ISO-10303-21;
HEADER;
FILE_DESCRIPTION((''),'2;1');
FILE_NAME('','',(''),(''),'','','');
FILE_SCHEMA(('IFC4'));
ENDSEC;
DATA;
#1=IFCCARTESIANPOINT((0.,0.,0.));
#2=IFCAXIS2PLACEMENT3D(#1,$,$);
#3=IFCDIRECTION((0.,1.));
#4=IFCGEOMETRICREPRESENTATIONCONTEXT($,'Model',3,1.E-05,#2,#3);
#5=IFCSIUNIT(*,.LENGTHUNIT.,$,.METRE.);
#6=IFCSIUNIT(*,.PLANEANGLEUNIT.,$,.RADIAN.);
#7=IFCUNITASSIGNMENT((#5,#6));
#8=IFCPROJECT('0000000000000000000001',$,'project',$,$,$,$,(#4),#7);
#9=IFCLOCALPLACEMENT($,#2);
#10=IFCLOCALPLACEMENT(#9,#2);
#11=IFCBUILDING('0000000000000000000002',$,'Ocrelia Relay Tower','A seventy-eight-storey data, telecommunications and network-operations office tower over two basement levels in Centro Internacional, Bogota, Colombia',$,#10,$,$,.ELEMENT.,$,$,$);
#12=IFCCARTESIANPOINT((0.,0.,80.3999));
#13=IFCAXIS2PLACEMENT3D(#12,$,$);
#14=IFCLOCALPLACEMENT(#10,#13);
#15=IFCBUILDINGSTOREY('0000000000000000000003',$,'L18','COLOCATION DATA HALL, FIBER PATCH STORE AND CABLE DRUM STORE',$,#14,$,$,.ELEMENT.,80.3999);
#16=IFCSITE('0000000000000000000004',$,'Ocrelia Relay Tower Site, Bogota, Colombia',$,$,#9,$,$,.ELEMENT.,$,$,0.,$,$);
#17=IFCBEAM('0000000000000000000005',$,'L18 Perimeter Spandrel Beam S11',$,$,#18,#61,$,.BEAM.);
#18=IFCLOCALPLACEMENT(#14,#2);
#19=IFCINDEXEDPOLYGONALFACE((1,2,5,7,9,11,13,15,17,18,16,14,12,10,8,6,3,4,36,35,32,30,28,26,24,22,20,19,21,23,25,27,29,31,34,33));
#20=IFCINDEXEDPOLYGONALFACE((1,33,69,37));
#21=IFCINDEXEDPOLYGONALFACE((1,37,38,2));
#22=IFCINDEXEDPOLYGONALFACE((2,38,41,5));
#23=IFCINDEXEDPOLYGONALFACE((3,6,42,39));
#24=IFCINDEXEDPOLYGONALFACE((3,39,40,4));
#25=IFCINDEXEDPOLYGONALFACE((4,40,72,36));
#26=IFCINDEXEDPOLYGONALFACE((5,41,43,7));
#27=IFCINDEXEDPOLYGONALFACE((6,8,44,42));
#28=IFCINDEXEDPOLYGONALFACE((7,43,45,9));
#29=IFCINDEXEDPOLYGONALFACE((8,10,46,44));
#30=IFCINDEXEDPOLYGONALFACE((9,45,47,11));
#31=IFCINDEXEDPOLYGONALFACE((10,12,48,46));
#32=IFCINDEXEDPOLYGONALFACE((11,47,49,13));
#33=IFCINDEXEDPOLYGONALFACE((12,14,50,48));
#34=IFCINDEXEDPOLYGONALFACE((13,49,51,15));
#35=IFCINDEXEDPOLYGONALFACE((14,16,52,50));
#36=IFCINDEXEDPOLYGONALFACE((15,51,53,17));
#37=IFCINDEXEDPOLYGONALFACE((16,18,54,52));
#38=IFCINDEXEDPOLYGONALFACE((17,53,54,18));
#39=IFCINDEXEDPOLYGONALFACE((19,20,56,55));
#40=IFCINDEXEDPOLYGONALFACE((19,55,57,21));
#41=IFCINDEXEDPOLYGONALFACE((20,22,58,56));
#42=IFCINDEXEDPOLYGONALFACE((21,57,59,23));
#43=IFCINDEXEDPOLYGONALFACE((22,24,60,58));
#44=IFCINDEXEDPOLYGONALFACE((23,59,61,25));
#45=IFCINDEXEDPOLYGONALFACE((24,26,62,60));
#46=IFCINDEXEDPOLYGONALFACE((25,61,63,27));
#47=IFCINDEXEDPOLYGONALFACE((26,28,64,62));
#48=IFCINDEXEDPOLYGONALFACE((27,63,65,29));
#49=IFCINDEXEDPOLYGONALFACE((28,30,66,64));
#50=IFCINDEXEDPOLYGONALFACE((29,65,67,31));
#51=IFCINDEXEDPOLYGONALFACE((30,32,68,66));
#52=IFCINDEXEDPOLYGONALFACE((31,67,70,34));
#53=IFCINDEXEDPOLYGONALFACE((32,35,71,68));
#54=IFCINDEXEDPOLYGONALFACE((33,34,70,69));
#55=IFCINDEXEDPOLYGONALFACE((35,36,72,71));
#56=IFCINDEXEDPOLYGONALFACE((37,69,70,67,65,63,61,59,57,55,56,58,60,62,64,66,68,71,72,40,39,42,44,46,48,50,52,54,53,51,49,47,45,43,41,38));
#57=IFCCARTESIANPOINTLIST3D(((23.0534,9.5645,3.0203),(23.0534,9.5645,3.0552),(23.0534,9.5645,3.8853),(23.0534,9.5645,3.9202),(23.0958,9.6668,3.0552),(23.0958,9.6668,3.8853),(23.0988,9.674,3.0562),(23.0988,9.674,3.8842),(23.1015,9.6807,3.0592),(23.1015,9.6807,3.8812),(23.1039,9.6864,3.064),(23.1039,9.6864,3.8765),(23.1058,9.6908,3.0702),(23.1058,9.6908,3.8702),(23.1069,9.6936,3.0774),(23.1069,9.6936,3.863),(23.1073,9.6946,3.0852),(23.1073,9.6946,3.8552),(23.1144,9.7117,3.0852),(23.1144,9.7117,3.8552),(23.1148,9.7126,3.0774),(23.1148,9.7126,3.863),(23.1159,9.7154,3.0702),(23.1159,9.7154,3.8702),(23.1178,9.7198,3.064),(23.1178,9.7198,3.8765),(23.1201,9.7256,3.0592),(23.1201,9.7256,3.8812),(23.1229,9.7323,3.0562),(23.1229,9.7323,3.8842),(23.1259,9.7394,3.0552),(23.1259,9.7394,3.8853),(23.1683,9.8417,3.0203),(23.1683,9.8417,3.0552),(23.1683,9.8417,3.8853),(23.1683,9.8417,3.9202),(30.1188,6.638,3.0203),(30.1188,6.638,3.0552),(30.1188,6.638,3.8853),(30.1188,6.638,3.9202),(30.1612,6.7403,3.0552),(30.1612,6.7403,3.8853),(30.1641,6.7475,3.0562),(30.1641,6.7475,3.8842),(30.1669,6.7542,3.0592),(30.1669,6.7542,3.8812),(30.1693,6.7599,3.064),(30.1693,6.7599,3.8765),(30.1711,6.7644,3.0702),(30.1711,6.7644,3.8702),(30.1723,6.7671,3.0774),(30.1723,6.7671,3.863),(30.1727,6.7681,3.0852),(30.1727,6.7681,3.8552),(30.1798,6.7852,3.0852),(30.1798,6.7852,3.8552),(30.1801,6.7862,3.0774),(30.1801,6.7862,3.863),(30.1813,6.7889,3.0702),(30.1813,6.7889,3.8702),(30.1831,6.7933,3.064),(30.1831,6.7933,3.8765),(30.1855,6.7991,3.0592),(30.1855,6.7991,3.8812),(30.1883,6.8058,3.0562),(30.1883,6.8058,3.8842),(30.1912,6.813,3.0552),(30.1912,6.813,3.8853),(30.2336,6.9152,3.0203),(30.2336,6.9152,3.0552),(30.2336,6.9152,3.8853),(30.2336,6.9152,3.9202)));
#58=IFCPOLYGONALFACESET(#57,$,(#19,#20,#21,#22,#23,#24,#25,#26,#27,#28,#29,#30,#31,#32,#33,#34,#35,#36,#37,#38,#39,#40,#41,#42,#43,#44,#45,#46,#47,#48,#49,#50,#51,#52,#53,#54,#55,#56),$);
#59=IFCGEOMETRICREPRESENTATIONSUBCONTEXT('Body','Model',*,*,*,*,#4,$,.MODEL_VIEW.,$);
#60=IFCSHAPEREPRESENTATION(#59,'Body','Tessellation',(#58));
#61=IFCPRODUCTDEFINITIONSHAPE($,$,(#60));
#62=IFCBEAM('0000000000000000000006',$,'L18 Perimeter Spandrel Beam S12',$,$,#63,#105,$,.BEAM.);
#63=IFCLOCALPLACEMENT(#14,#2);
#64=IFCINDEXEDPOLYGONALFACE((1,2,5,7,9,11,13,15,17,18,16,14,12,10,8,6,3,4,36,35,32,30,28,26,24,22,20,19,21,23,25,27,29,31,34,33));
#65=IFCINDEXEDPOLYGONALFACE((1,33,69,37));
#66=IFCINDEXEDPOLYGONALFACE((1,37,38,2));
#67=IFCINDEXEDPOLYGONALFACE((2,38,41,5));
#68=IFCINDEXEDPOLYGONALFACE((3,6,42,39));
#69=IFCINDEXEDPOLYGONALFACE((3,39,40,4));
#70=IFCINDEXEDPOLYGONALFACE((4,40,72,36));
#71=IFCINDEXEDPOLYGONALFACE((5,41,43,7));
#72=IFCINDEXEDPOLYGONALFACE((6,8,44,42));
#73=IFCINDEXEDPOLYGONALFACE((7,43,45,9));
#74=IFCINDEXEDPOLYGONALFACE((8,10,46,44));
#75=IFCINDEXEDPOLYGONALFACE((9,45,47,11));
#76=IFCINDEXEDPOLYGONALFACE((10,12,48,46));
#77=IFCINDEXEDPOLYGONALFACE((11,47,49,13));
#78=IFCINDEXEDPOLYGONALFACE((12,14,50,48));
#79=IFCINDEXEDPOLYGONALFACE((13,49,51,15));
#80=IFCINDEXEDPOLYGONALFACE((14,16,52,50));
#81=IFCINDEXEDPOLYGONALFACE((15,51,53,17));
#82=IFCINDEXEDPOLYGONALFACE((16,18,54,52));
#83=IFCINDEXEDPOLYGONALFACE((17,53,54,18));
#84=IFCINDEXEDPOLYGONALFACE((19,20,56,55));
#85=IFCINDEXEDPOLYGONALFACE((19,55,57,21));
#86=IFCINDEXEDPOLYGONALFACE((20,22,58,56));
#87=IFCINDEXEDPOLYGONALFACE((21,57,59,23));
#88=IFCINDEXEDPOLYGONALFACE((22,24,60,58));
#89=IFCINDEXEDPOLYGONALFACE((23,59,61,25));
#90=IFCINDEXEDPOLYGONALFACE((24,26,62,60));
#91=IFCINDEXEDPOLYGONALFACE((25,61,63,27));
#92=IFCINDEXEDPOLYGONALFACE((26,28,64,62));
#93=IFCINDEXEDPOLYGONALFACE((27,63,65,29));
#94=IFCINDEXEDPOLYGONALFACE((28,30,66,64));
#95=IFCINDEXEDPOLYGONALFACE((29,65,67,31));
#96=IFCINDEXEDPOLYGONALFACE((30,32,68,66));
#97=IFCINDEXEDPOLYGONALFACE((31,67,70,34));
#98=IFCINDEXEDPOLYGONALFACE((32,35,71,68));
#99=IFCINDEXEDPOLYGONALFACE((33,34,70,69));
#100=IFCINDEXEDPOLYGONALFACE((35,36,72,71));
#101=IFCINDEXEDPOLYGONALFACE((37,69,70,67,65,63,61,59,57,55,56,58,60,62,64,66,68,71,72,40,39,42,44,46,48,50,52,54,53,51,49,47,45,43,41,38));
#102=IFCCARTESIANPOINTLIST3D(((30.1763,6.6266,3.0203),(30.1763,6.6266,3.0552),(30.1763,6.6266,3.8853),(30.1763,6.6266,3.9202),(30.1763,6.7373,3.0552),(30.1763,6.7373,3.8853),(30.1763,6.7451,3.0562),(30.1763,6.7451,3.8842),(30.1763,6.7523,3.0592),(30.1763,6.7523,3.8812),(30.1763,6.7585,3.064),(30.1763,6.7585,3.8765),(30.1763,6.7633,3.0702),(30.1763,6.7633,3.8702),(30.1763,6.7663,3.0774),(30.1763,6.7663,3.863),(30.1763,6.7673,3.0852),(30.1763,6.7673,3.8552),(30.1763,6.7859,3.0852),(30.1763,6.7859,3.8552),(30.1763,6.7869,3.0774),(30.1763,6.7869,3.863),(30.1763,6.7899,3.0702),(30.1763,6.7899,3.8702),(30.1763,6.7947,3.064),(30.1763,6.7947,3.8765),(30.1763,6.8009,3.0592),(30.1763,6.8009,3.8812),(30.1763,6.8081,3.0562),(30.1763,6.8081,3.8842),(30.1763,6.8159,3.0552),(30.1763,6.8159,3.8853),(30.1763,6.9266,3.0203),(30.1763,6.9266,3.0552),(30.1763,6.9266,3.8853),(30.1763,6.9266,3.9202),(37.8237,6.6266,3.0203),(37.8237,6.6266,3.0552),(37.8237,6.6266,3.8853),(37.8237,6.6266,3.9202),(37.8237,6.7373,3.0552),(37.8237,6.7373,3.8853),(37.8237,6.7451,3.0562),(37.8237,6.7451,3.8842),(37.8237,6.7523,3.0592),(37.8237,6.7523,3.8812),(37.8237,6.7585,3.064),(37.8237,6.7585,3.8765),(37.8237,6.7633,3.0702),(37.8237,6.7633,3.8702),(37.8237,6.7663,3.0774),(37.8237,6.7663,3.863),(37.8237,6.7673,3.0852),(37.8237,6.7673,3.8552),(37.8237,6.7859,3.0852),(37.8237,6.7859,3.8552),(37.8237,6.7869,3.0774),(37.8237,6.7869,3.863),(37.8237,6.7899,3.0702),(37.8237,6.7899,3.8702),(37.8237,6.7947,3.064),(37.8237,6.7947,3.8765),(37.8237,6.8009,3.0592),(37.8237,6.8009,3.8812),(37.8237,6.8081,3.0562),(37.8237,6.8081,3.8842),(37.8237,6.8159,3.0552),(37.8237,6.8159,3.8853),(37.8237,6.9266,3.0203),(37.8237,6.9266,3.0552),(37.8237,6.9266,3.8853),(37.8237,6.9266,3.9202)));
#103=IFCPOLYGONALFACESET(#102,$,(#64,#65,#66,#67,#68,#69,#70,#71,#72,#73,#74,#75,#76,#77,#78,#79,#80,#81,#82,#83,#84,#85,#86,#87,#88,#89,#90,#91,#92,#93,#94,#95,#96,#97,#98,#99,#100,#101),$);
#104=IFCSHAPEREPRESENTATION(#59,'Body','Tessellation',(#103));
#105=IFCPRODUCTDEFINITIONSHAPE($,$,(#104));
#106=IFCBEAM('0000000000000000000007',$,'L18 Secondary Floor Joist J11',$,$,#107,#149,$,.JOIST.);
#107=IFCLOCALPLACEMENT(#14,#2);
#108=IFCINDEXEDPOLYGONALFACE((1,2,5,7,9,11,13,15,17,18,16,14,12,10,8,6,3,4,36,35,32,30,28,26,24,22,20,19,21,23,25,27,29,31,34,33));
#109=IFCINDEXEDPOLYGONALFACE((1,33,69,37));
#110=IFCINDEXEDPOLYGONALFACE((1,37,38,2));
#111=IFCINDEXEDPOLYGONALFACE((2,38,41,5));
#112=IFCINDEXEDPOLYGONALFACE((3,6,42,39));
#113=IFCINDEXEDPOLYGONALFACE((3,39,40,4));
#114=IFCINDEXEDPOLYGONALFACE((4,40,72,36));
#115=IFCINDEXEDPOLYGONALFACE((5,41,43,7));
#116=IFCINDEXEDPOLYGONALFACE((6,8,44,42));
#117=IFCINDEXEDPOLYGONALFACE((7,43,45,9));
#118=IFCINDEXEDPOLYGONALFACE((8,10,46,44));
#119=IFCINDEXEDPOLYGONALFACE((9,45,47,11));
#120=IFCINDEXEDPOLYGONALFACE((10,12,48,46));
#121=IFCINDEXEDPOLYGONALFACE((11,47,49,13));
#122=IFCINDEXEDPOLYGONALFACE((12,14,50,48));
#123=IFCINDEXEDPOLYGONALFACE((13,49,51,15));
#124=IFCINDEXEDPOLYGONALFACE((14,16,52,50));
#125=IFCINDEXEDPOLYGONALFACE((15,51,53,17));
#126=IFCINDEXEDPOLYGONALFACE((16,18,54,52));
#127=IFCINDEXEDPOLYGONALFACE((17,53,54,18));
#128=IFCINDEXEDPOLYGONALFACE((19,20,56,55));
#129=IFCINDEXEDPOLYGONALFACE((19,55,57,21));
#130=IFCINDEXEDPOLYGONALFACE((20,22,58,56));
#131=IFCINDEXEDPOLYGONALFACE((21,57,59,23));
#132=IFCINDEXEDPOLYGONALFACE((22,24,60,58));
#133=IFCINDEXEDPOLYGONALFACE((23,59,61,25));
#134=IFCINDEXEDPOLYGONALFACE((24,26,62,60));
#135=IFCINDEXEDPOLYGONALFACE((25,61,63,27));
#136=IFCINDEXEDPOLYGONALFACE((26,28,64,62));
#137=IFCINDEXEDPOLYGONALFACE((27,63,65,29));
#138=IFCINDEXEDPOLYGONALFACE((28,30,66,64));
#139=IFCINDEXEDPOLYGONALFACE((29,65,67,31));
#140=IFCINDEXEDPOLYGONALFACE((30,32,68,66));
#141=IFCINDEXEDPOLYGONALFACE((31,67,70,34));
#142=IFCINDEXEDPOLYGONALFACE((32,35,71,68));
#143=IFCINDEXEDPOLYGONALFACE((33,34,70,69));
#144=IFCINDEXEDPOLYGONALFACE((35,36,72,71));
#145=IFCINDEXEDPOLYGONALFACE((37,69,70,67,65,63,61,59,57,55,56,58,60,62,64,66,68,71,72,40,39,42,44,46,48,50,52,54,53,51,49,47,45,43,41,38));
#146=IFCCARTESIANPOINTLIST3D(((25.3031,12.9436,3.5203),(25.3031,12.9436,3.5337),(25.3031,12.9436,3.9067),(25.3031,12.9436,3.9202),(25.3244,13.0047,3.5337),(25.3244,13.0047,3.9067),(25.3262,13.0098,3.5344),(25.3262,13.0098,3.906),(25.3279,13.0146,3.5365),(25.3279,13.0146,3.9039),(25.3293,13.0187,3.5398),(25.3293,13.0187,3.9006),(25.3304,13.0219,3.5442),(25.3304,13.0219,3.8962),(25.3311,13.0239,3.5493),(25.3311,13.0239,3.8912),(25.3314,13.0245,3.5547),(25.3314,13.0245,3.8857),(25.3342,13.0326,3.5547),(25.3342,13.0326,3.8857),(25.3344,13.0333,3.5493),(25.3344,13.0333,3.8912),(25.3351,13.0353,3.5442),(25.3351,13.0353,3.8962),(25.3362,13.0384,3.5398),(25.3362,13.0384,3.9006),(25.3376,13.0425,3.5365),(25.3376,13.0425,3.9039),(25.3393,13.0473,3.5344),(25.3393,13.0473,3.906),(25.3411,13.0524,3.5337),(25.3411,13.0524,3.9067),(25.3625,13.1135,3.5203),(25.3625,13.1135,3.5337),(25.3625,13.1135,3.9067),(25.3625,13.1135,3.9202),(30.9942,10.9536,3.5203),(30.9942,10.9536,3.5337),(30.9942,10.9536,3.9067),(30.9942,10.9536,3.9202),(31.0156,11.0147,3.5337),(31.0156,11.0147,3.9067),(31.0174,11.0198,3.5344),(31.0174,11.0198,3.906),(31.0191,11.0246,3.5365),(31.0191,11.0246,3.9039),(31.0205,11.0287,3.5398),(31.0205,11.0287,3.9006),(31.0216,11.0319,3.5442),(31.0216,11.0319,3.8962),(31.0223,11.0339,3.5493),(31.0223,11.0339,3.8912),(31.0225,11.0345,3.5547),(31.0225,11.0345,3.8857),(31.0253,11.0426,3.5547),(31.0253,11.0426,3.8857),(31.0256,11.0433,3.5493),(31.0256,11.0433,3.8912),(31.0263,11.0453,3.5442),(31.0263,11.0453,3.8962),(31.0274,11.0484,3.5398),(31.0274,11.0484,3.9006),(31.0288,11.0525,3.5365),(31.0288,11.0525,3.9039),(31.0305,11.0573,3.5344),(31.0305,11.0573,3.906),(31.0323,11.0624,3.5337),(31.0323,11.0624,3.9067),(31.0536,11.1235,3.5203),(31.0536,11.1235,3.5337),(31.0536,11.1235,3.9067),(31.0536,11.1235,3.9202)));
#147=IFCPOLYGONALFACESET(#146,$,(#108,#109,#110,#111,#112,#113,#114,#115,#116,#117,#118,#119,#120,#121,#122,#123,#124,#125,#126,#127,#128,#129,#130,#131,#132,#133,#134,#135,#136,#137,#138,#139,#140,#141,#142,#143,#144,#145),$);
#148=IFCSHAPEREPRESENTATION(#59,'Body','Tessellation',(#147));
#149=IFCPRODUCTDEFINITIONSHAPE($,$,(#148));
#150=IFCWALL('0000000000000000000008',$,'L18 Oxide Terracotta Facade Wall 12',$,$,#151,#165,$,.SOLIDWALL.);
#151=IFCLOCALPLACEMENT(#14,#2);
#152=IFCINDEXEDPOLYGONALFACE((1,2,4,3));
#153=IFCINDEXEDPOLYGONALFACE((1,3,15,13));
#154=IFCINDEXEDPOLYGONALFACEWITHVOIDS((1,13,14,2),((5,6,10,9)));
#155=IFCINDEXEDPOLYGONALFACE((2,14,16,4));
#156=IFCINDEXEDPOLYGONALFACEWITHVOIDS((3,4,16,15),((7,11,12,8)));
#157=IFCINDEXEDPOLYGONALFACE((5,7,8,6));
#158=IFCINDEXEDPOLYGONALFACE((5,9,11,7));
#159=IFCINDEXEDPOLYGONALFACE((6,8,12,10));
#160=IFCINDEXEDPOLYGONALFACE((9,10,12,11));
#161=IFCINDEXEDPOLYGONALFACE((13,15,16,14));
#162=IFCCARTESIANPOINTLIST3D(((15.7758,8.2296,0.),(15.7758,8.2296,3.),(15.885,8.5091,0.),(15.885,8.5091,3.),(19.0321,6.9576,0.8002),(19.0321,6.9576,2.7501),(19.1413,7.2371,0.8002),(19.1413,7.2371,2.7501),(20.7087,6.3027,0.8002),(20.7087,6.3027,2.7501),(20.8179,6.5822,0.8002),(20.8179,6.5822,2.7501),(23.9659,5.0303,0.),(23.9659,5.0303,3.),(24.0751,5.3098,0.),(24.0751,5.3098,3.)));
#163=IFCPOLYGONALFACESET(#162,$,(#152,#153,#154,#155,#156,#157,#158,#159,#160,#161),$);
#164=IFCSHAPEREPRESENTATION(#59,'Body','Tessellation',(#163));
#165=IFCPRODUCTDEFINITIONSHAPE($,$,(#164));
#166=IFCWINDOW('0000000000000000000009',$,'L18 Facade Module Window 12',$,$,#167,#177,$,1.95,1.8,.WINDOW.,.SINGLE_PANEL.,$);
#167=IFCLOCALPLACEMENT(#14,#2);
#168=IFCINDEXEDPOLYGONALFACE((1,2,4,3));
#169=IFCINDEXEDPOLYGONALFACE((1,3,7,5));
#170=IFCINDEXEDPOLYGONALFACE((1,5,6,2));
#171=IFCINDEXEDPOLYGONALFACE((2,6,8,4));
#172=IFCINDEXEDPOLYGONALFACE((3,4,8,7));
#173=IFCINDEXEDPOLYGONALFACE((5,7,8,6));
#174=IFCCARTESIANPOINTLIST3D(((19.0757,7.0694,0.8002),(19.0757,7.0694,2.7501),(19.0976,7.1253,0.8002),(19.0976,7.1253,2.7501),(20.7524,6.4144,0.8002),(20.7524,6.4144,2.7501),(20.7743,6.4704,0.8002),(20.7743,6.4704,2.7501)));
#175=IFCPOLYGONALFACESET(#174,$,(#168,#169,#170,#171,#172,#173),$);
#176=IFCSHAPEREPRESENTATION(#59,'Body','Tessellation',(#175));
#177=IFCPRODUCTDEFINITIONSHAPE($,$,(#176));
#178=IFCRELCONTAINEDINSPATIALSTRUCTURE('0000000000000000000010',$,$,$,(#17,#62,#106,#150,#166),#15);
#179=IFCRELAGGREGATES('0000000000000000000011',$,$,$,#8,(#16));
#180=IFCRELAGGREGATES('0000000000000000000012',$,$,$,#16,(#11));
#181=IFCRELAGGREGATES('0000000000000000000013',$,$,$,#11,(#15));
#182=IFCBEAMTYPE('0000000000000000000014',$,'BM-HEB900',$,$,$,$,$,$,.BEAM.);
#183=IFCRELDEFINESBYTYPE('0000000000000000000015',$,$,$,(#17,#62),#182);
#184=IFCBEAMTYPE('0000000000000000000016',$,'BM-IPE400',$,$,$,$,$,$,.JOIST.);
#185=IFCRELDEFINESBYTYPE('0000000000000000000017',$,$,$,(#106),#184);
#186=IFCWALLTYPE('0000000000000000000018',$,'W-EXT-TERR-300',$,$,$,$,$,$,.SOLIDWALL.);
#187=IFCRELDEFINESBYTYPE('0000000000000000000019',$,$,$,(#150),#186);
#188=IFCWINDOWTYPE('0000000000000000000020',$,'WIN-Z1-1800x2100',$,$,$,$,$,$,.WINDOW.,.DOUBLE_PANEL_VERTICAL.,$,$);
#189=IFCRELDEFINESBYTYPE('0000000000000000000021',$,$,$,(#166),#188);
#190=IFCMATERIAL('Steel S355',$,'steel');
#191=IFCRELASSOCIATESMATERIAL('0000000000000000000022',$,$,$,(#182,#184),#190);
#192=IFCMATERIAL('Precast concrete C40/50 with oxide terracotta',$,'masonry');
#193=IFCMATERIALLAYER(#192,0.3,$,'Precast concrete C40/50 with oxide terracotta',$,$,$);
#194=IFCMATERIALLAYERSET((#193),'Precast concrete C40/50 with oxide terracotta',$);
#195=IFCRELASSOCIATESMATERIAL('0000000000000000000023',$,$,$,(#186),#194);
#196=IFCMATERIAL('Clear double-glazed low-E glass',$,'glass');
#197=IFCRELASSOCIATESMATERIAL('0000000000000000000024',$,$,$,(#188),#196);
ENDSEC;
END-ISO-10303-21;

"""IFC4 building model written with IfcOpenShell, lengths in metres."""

from ifc_helpers import new_model, si_unit, direction, frame, frame_2d, origin, origin_2d, place, context, subcontext, project, spatial, rectangle, i_section, extrude, material, layer, layer_set, material_profile, profile_set, type_object, element, fill, save


model = new_model("IFC4")

# Units and contexts
model_context = context("Model", 3, precision=1e-05, world=origin(), true_north=direction((0.0, 1.0)))
body_context = subcontext(model_context, "Body", "Model", "MODEL_VIEW")
ifc_project = project(units=[si_unit("LENGTHUNIT", "METRE"), si_unit("PLANEANGLEUNIT", "RADIAN")], contexts=[model_context])

# Site, building, storey
site_placement = place(None, origin())
site = spatial("IfcSite", under=ifc_project, at=site_placement, Name="Ocrelia Relay Tower Site, Bogota, Colombia", CompositionType="ELEMENT", RefElevation=0.0)
building_placement = place(site_placement, origin())
building = spatial("IfcBuilding", under=site, at=building_placement, Name="Ocrelia Relay Tower", Description="A seventy-eight-storey data, telecommunications and network-operations office tower over two basement levels in Centro Internacional, Bogota, Colombia", CompositionType="ELEMENT")
storey_placement = place(building_placement, frame((0.0, 0.0, 80.3999)))
storey = spatial("IfcBuildingStorey", under=building, at=storey_placement, Name="L18", Description="COLOCATION DATA HALL, FIBER PATCH STORE AND CABLE DRUM STORE", CompositionType="ELEMENT", Elevation=80.3999)

# Beams
ifc_material_1 = material(Name="Steel S355", Category="steel")
ifc_material_profile_1 = material_profile(ifc_material_1, i_section(OverallWidth=0.3, OverallDepth=0.8999, WebThickness=0.0186, FlangeThickness=0.0349, FilletRadius=0.03, at=origin_2d()), Name="HEB 900")
ifc_profile_set_1 = profile_set([ifc_material_profile_1], Name="Steel S355")
beam_type_1 = type_object("IfcBeamType", Name="BM-HEB900", PredefinedType="BEAM", material=ifc_profile_set_1)
for number, where, z_axis, x_axis, name in (
    (1, (23.1108, 9.7031, 3.4702), (0.923883, -0.382674, 0.0), (0.382674, 0.923883, 0.0), "L18 Perimeter Spandrel Beam S11"),
    (2, (30.1763, 6.7766, 3.4702), (1.0, 0.0, 0.0), (0.0, 1.0, 0.0), "L18 Perimeter Spandrel Beam S12"),
):
    element("IfcBeam", number, at=place(storey_placement, frame(where, z_axis=z_axis, x_axis=x_axis)), inside=storey, type_object=beam_type_1, Name=name, PredefinedType="BEAM", context=body_context, shape_type="SweptSolid", body=[
        extrude(i_section(OverallWidth=0.3, OverallDepth=0.8999, WebThickness=0.0186, FlangeThickness=0.0349, FilletRadius=0.03, at=origin_2d()), origin(), (0.0, 0.0, 1.0), 7.6475),
    ])
ifc_material_profile_2 = material_profile(ifc_material_1, i_section(OverallWidth=0.1799, OverallDepth=0.3999, WebThickness=0.0085, FlangeThickness=0.0134, FilletRadius=0.021, at=origin_2d()), Name="IPE 400")
ifc_profile_set_2 = profile_set([ifc_material_profile_2], Name="Steel S355")
beam_type_2 = type_object("IfcBeamType", Name="BM-IPE400", PredefinedType="JOIST", material=ifc_profile_set_2)
beam_1_placement = place(storey_placement, frame((25.3328, 13.0286, 3.7202), z_axis=(0.943957, -0.330067, 0.0), x_axis=(0.330067, 0.943957, 0.0)))
element("IfcBeam", 3, at=beam_1_placement, inside=storey, type_object=beam_type_2, Name="L18 Secondary Floor Joist J11", PredefinedType="JOIST", context=body_context, shape_type="SweptSolid", body=[
    extrude(i_section(OverallWidth=0.1799, OverallDepth=0.3999, WebThickness=0.0085, FlangeThickness=0.0134, FilletRadius=0.021, at=origin_2d()), origin(), (0.0, 0.0, 1.0), 6.0291),
])

# Wall, opening, window
ifc_material_2 = material(Name="Precast concrete C40/50 with oxide terracotta", Category="masonry")
ifc_layer_1 = layer(ifc_material_2, 0.3, Name="Precast concrete C40/50 with oxide terracotta")
ifc_layer_set_1 = layer_set([ifc_layer_1], Name="Precast concrete C40/50 with oxide terracotta")
wall_type_1 = type_object("IfcWallType", Name="W-EXT-TERR-300", PredefinedType="SOLIDWALL", material=ifc_layer_set_1)
wall_1_placement = place(storey_placement, frame((15.8303, 8.3694, 0.0), z_axis=(0.0, 0.0, 1.0), x_axis=(0.931456, -0.363853, 0.0)))
wall_1 = element("IfcWall", 4, at=wall_1_placement, inside=storey, type_object=wall_type_1, Name="L18 Oxide Terracotta Facade Wall 12", PredefinedType="SOLIDWALL", context=body_context, shape_type="SweptSolid", body=[
    extrude(rectangle(XDim=8.7927, YDim=0.3, at=frame_2d((4.3965, 0.0))), origin(), (0.0, 0.0, 1.0), 3.0),
])
opening_1_placement = place(wall_1_placement, frame((3.4961, 0.0, 0.8)))
opening_1 = element("IfcOpeningElement", 5, at=opening_1_placement, cuts=wall_1, PredefinedType="OPENING", context=body_context, shape_type="SweptSolid", body=[
    extrude(rectangle(XDim=1.8, YDim=1.95, at=frame_2d((0.8999, 0.9751))), frame((0.0, 0.1602, 0.0), z_axis=(0.0, -1.0, 0.0), x_axis=(1.0, 0.0, 0.0)), (0.0, 0.0, 1.0), 0.3201),
])
ifc_material_3 = material(Name="Clear double-glazed low-E glass", Category="glass")
window_type = type_object("IfcWindowType", Name="WIN-Z1-1800x2100", PartitioningType="DOUBLE_PANEL_VERTICAL", PredefinedType="WINDOW", material=ifc_material_3)
window_1_placement = place(opening_1_placement, origin())
window_1 = element("IfcWindow", 6, at=window_1_placement, inside=storey, type_object=window_type, Name="L18 Facade Module Window 12", OverallHeight=1.95, OverallWidth=1.8, PartitioningType="SINGLE_PANEL", PredefinedType="WINDOW", context=body_context, shape_type="SweptSolid", body=[
    extrude(rectangle(XDim=1.8, YDim=1.95, at=frame_2d((0.8999, 0.9751))), frame((0.0, 0.03, 0.0), z_axis=(0.0, -1.0, 0.0), x_axis=(1.0, 0.0, 0.0)), (0.0, 0.0, 1.0), 0.0601),
])
fill(opening_1, window_1)

save(model, "model.ifc")
